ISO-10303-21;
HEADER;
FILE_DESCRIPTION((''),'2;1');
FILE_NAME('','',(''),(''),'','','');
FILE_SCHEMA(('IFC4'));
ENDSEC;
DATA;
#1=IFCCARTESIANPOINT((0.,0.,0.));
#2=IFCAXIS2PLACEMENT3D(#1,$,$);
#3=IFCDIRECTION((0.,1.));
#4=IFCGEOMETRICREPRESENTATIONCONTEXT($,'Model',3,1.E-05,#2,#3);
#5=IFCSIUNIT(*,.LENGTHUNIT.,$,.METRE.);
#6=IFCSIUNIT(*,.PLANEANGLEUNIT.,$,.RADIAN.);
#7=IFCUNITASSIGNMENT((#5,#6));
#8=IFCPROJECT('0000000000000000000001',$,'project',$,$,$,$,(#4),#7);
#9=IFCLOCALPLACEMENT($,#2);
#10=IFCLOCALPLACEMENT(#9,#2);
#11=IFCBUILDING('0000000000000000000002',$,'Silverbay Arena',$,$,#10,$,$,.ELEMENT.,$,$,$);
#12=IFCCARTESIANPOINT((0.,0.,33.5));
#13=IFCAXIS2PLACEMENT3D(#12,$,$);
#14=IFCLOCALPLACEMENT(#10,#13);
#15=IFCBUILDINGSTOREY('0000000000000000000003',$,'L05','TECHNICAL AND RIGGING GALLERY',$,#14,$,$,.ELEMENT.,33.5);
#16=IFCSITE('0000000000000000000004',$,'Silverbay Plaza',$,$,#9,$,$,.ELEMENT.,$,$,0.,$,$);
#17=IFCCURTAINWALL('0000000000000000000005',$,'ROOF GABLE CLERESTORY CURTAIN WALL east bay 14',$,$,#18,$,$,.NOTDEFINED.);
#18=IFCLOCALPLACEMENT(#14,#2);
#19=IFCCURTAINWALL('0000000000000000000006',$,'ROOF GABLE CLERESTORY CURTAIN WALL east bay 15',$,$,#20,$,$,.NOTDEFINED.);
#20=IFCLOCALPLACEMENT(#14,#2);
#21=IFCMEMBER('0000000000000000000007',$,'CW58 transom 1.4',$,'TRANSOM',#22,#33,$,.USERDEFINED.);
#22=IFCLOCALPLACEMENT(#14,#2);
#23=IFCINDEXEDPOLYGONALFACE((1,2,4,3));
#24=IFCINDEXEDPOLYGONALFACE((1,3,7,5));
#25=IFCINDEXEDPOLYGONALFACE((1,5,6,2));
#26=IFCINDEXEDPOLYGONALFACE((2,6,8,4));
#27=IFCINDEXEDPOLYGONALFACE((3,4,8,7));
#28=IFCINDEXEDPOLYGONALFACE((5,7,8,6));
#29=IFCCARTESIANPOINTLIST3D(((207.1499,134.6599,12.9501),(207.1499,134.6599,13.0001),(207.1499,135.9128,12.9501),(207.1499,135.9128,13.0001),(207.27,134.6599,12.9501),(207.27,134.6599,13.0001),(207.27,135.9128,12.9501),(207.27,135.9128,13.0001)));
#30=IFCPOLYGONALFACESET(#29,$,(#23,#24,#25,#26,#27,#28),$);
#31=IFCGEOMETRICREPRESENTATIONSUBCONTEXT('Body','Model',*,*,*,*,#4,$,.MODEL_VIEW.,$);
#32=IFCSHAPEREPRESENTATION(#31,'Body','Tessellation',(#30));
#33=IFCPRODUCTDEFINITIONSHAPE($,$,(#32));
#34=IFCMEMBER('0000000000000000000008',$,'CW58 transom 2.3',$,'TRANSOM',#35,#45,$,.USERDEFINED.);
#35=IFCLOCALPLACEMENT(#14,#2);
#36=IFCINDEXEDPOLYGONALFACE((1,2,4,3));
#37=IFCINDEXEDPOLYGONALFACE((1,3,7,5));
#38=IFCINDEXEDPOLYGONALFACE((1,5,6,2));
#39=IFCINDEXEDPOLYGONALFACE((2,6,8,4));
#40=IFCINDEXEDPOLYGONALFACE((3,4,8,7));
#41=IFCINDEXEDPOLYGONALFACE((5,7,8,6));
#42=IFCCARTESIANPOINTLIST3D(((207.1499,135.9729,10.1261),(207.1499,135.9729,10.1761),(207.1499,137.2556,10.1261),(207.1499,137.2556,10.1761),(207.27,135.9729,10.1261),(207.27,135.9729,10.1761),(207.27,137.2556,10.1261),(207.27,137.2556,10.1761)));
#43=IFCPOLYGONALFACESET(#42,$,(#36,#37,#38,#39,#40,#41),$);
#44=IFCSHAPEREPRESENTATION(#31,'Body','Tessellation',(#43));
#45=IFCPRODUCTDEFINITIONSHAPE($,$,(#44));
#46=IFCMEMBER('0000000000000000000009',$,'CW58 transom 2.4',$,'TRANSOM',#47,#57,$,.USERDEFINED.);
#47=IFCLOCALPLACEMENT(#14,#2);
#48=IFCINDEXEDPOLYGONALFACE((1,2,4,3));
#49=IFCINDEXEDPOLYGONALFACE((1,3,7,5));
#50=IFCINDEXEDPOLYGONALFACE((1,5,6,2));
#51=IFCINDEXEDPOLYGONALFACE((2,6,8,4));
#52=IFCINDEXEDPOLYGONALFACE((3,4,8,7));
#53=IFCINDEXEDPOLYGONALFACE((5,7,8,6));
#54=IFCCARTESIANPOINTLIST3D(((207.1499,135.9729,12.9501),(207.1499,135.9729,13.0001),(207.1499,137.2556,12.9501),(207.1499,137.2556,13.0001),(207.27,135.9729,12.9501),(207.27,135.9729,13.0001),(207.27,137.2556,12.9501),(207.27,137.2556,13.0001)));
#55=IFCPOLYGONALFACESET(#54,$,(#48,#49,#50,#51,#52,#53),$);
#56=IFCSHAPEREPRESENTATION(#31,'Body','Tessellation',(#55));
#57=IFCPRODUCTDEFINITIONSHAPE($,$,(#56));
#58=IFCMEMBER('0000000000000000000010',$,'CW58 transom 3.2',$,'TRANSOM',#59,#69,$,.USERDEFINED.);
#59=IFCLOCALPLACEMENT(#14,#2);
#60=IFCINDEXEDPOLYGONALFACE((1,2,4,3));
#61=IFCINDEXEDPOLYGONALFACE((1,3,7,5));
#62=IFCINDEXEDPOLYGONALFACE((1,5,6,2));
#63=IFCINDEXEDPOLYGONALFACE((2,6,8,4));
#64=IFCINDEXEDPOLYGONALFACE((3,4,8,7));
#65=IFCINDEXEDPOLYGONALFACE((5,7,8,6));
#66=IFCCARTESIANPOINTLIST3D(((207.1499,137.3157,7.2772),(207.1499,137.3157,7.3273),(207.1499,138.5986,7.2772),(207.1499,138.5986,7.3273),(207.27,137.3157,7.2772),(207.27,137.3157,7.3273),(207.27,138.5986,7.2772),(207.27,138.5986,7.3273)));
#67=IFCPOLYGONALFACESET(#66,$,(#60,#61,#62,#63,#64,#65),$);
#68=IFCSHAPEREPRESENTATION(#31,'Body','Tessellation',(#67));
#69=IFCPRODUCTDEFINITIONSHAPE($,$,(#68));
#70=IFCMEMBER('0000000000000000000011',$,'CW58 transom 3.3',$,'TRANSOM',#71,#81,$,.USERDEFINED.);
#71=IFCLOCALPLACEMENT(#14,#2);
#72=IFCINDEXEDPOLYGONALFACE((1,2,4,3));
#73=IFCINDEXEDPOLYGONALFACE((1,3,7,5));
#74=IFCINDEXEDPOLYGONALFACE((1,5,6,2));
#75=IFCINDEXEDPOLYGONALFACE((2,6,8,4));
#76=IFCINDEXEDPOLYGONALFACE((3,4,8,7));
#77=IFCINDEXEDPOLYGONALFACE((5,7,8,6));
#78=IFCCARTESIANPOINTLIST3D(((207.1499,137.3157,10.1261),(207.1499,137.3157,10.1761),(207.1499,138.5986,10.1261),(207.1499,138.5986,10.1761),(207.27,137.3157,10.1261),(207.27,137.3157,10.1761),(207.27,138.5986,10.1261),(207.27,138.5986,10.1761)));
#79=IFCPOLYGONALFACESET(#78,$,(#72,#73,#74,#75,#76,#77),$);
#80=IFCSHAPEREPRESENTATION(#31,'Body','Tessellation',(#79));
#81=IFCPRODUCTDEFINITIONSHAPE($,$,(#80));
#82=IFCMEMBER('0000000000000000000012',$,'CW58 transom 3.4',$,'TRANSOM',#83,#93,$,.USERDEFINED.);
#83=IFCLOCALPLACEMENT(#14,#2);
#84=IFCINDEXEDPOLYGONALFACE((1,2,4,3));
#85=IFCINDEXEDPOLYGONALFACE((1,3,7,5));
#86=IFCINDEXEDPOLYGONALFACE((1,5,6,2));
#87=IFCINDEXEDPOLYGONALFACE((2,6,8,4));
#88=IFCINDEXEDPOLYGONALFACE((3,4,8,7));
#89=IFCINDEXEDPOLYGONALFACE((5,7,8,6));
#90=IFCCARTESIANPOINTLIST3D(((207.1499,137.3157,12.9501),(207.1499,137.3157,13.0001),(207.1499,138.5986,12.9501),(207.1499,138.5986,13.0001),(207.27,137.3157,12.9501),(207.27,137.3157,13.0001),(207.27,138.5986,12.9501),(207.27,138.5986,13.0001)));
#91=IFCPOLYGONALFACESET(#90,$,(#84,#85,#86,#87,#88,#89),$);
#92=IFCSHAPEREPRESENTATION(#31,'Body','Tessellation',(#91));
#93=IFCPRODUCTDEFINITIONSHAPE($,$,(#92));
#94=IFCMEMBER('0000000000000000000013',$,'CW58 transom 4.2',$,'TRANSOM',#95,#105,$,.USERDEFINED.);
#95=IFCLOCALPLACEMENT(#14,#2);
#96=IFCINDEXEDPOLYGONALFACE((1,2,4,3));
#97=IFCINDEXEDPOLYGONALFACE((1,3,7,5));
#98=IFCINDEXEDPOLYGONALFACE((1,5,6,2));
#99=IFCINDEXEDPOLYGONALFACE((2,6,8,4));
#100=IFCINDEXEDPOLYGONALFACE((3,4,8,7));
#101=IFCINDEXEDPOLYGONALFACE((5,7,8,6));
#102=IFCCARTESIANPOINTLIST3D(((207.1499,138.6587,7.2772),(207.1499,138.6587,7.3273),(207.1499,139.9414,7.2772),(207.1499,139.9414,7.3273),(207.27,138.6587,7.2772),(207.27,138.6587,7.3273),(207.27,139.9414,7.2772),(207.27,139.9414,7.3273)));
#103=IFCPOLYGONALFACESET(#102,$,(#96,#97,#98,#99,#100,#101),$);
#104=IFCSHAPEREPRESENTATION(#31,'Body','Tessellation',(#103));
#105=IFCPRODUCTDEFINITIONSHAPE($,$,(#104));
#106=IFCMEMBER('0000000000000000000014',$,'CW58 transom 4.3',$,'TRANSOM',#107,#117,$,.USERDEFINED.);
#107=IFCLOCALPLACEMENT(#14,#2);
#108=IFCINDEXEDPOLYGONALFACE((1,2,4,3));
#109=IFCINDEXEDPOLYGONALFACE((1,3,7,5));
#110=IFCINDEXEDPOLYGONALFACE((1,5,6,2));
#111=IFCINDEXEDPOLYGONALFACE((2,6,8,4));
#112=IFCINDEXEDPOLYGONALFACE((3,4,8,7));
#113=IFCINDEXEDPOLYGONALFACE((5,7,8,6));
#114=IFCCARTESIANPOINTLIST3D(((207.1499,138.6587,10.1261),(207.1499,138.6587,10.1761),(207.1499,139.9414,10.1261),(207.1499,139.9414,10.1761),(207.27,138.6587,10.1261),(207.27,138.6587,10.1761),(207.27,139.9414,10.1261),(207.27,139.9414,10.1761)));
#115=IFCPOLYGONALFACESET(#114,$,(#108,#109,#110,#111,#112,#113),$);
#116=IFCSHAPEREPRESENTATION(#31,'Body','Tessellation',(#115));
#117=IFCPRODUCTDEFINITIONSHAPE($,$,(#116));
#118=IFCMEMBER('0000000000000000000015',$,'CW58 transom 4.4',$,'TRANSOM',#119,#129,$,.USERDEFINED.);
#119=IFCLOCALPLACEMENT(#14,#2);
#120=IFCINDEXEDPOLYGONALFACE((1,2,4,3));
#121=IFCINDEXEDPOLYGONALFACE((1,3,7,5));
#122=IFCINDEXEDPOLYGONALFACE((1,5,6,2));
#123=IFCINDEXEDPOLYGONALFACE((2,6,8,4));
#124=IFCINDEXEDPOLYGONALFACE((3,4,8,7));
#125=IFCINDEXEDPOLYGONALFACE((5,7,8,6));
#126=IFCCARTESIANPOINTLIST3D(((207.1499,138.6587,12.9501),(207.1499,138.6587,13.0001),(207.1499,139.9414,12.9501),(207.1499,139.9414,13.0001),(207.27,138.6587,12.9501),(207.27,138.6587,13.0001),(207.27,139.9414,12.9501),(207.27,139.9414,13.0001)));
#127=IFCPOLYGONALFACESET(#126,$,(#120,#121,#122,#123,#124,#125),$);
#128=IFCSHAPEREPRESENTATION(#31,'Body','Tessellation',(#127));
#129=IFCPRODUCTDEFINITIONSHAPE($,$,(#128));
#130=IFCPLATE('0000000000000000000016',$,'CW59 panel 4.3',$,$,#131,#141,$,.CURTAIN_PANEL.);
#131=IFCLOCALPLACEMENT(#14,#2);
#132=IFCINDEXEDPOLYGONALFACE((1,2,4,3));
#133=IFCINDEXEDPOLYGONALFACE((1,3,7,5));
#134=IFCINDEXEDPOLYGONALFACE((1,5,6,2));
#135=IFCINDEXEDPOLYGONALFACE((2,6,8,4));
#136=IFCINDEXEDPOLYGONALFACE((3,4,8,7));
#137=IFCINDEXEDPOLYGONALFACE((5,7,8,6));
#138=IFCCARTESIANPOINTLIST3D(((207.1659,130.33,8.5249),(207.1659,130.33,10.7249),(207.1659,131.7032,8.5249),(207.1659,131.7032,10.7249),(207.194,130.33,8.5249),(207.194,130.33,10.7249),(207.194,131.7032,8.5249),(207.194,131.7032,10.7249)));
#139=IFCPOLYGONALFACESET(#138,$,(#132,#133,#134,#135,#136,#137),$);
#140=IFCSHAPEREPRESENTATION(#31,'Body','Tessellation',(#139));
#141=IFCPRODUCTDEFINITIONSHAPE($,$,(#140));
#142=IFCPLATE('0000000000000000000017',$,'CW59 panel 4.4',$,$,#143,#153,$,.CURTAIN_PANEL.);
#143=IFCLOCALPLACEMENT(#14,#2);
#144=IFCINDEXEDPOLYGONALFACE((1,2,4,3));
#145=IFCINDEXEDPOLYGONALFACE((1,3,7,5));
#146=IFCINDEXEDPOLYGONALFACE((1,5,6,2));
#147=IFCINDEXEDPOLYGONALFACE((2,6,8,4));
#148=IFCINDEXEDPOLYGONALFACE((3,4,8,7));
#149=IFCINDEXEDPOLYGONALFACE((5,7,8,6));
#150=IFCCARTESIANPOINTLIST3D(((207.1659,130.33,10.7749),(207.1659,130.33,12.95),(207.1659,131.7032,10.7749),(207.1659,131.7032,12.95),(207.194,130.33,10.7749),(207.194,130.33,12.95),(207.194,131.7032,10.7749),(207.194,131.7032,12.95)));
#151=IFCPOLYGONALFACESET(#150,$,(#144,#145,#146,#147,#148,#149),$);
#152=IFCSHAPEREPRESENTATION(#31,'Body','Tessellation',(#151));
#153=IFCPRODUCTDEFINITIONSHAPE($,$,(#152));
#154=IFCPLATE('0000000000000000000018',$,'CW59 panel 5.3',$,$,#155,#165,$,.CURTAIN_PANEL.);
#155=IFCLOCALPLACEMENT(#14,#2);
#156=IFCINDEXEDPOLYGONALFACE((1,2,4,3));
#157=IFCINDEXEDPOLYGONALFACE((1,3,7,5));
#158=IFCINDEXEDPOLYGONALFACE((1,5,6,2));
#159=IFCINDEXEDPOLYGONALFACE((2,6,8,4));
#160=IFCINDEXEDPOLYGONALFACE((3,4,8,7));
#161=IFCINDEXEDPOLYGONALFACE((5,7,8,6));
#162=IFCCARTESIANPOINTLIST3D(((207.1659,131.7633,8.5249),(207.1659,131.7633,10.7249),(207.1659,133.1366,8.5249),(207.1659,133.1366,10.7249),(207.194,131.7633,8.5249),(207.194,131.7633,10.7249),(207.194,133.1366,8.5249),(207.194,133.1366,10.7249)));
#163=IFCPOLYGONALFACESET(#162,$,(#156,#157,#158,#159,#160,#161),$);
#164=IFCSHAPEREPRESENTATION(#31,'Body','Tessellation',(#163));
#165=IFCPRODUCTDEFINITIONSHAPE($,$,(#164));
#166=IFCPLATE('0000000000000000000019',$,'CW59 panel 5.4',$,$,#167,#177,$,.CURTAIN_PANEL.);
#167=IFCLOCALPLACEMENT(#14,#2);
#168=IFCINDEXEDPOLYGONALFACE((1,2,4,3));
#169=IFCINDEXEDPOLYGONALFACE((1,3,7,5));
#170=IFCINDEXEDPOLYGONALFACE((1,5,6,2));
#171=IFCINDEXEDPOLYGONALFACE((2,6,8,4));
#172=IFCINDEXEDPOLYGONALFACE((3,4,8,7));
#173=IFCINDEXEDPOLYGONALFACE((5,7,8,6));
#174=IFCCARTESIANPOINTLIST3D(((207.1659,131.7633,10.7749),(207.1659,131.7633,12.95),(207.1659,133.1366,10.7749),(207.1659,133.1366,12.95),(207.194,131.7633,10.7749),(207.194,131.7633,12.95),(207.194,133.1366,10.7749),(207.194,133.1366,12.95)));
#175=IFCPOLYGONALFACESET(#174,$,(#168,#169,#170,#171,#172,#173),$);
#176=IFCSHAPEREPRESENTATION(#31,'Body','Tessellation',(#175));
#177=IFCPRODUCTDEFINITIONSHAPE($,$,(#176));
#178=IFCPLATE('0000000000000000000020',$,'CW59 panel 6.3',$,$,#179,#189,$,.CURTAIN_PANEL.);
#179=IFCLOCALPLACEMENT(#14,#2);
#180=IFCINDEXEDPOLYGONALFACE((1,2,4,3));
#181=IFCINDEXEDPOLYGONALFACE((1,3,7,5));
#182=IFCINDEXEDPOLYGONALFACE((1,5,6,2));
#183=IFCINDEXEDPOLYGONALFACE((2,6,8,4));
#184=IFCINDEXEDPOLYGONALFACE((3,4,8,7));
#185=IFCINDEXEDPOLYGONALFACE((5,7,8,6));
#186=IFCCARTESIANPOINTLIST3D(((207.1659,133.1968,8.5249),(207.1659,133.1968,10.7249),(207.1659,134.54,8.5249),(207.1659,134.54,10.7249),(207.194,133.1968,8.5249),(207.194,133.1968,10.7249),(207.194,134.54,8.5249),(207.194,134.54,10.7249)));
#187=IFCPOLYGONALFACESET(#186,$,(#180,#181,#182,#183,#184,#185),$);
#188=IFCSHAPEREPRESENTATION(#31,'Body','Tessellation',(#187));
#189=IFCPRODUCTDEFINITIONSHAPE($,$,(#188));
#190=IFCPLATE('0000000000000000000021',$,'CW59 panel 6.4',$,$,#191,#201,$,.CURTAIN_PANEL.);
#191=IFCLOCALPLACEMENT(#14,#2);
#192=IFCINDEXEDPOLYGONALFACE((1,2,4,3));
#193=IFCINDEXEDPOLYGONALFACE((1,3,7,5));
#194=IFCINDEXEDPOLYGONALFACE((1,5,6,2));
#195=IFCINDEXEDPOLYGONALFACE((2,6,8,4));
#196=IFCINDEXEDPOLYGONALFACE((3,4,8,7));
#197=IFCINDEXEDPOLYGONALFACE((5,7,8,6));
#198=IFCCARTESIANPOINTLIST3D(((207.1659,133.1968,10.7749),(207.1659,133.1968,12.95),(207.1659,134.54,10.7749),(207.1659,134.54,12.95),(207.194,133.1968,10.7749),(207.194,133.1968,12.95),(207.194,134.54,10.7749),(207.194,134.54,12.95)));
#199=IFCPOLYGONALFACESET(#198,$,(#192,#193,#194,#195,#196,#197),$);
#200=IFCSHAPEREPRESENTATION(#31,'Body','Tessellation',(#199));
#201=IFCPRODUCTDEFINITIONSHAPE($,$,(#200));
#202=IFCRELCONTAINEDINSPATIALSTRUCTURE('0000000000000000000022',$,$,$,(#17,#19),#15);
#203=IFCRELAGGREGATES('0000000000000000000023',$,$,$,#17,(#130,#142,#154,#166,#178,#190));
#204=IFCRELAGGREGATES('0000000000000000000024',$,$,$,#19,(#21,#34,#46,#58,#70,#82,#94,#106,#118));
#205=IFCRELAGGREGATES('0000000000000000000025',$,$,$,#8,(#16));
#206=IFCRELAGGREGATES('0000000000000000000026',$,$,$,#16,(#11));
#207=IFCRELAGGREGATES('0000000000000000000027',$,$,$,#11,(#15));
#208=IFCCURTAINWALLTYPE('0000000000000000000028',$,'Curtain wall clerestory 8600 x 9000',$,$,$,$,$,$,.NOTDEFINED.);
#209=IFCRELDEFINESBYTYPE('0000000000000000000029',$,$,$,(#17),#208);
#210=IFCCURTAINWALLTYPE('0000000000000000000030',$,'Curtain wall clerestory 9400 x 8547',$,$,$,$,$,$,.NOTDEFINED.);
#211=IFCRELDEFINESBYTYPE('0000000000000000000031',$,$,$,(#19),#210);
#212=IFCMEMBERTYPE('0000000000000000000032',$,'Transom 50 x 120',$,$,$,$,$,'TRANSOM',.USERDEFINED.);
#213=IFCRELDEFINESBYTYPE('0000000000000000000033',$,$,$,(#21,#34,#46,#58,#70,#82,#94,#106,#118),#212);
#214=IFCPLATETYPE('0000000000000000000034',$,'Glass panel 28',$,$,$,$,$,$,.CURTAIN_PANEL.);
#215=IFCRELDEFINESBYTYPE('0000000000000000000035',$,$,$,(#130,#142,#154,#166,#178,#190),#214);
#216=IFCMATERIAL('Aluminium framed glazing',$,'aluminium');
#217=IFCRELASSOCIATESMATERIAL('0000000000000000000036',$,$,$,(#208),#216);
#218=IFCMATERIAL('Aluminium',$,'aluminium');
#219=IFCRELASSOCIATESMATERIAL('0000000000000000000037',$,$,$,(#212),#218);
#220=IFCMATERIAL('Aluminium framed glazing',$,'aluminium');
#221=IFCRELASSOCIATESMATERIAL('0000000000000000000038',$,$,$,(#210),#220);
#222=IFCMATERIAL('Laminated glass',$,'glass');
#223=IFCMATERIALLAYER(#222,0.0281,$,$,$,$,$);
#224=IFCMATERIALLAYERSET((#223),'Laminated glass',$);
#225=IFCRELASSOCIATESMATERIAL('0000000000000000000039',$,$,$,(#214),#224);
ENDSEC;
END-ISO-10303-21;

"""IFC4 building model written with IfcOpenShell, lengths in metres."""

from ifc_helpers import new_model, si_unit, direction, frame, origin, origin_2d, place, context, subcontext, project, spatial, rectangle, extrude, material, layer, layer_set, material_profile, profile_set, type_object, element, aggregate, save


model = new_model("IFC4")

# Units and contexts
model_context = context("Model", 3, precision=1e-05, world=origin(), true_north=direction((0.0, 1.0)))
body_context = subcontext(model_context, "Body", "Model", "MODEL_VIEW")
ifc_project = project(units=[si_unit("LENGTHUNIT", "METRE"), si_unit("PLANEANGLEUNIT", "RADIAN")], contexts=[model_context])

# Site, building, storey
site_placement = place(None, origin())
site = spatial("IfcSite", under=ifc_project, at=site_placement, Name="Silverbay Plaza", CompositionType="ELEMENT", RefElevation=0.0)
building_placement = place(site_placement, origin())
building = spatial("IfcBuilding", under=site, at=building_placement, Name="Silverbay Arena", CompositionType="ELEMENT")
storey_placement = place(building_placement, frame((0.0, 0.0, 33.5)))
storey = spatial("IfcBuildingStorey", under=building, at=storey_placement, Name="L05", Description="TECHNICAL AND RIGGING GALLERY", CompositionType="ELEMENT", Elevation=33.5)

# Curtain walls, members
ifc_material_1 = material(Name="Aluminium framed glazing", Category="aluminium")
curtain_wall_type_1 = type_object("IfcCurtainWallType", Name="Curtain wall clerestory 8600 x 9000", PredefinedType="NOTDEFINED", material=ifc_material_1)
curtain_wall_1_placement = place(storey_placement, origin())
curtain_wall_1 = element("IfcCurtainWall", 1, at=curtain_wall_1_placement, inside=storey, type_object=curtain_wall_type_1, Name="ROOF GABLE CLERESTORY CURTAIN WALL east bay 14", PredefinedType="NOTDEFINED")
ifc_material_2 = material(Name="Aluminium", Category="aluminium")
ifc_material_profile_1 = material_profile(ifc_material_2, rectangle(XDim=0.1201, YDim=0.05, at=origin_2d()), Name="Transom 50 x 120")
ifc_profile_set_1 = profile_set([ifc_material_profile_1], Name="Aluminium")
member_type_1 = type_object("IfcMemberType", Name="Transom 50 x 120", ElementType="TRANSOM", PredefinedType="USERDEFINED", material=ifc_profile_set_1)
ifc_material_3 = material(Name="Aluminium framed glazing", Category="aluminium")
curtain_wall_type_2 = type_object("IfcCurtainWallType", Name="Curtain wall clerestory 9400 x 8547", PredefinedType="NOTDEFINED", material=ifc_material_3)
curtain_wall_2_placement = place(storey_placement, origin())
curtain_wall_2 = element("IfcCurtainWall", 2, at=curtain_wall_2_placement, inside=storey, type_object=curtain_wall_type_2, Name="ROOF GABLE CLERESTORY CURTAIN WALL east bay 15", PredefinedType="NOTDEFINED")
member_1_placement = place(storey_placement, frame((207.21, 134.6599, 12.9751), z_axis=(0.0, 1.0, 0.0), x_axis=(-1.0, 0.0, 0.0)))
member_1 = element("IfcMember", 3, at=member_1_placement, type_object=member_type_1, Name="CW58 transom 1.4", ObjectType="TRANSOM", PredefinedType="USERDEFINED", context=body_context, shape_type="SweptSolid", body=[
    extrude(rectangle(XDim=0.1201, YDim=0.05, at=origin_2d()), origin(), (0.0, 0.0, 1.0), 1.2529),
])
member_2_placement = place(storey_placement, frame((207.21, 135.9729, 10.1511), z_axis=(0.0, 1.0, 0.0), x_axis=(-1.0, 0.0, 0.0)))
member_2 = element("IfcMember", 4, at=member_2_placement, type_object=member_type_1, Name="CW58 transom 2.3", ObjectType="TRANSOM", PredefinedType="USERDEFINED", context=body_context, shape_type="SweptSolid", body=[
    extrude(rectangle(XDim=0.1201, YDim=0.05, at=origin_2d()), origin(), (0.0, 0.0, 1.0), 1.2827),
])
member_3_placement = place(storey_placement, frame((207.21, 135.9729, 12.9751), z_axis=(0.0, 1.0, 0.0), x_axis=(-1.0, 0.0, 0.0)))
member_3 = element("IfcMember", 5, at=member_3_placement, type_object=member_type_1, Name="CW58 transom 2.4", ObjectType="TRANSOM", PredefinedType="USERDEFINED", context=body_context, shape_type="SweptSolid", body=[
    extrude(rectangle(XDim=0.1201, YDim=0.05, at=origin_2d()), origin(), (0.0, 0.0, 1.0), 1.2827),
])
member_4_placement = place(storey_placement, frame((207.21, 137.3157, 7.3022), z_axis=(0.0, 1.0, 0.0), x_axis=(-1.0, 0.0, 0.0)))
member_4 = element("IfcMember", 6, at=member_4_placement, type_object=member_type_1, Name="CW58 transom 3.2", ObjectType="TRANSOM", PredefinedType="USERDEFINED", context=body_context, shape_type="SweptSolid", body=[
    extrude(rectangle(XDim=0.1201, YDim=0.05, at=origin_2d()), origin(), (0.0, 0.0, 1.0), 1.283),
])
member_5_placement = place(storey_placement, frame((207.21, 137.3157, 10.1511), z_axis=(0.0, 1.0, 0.0), x_axis=(-1.0, 0.0, 0.0)))
member_5 = element("IfcMember", 7, at=member_5_placement, type_object=member_type_1, Name="CW58 transom 3.3", ObjectType="TRANSOM", PredefinedType="USERDEFINED", context=body_context, shape_type="SweptSolid", body=[
    extrude(rectangle(XDim=0.1201, YDim=0.05, at=origin_2d()), origin(), (0.0, 0.0, 1.0), 1.283),
])
member_6_placement = place(storey_placement, frame((207.21, 137.3157, 12.9751), z_axis=(0.0, 1.0, 0.0), x_axis=(-1.0, 0.0, 0.0)))
member_6 = element("IfcMember", 8, at=member_6_placement, type_object=member_type_1, Name="CW58 transom 3.4", ObjectType="TRANSOM", PredefinedType="USERDEFINED", context=body_context, shape_type="SweptSolid", body=[
    extrude(rectangle(XDim=0.1201, YDim=0.05, at=origin_2d()), origin(), (0.0, 0.0, 1.0), 1.283),
])
member_7_placement = place(storey_placement, frame((207.21, 138.6587, 7.3022), z_axis=(0.0, 1.0, 0.0), x_axis=(-1.0, 0.0, 0.0)))
member_7 = element("IfcMember", 9, at=member_7_placement, type_object=member_type_1, Name="CW58 transom 4.2", ObjectType="TRANSOM", PredefinedType="USERDEFINED", context=body_context, shape_type="SweptSolid", body=[
    extrude(rectangle(XDim=0.1201, YDim=0.05, at=origin_2d()), origin(), (0.0, 0.0, 1.0), 1.2827),
])
member_8_placement = place(storey_placement, frame((207.21, 138.6587, 10.1511), z_axis=(0.0, 1.0, 0.0), x_axis=(-1.0, 0.0, 0.0)))
member_8 = element("IfcMember", 10, at=member_8_placement, type_object=member_type_1, Name="CW58 transom 4.3", ObjectType="TRANSOM", PredefinedType="USERDEFINED", context=body_context, shape_type="SweptSolid", body=[
    extrude(rectangle(XDim=0.1201, YDim=0.05, at=origin_2d()), origin(), (0.0, 0.0, 1.0), 1.2827),
])
member_9_placement = place(storey_placement, frame((207.21, 138.6587, 12.9751), z_axis=(0.0, 1.0, 0.0), x_axis=(-1.0, 0.0, 0.0)))
member_9 = element("IfcMember", 11, at=member_9_placement, type_object=member_type_1, Name="CW58 transom 4.4", ObjectType="TRANSOM", PredefinedType="USERDEFINED", context=body_context, shape_type="SweptSolid", body=[
    extrude(rectangle(XDim=0.1201, YDim=0.05, at=origin_2d()), origin(), (0.0, 0.0, 1.0), 1.2827),
])

# Plates
ifc_material_4 = material(Name="Laminated glass", Category="glass")
ifc_layer = layer(ifc_material_4, 0.0281)
ifc_layer_set = layer_set([ifc_layer], Name="Laminated glass")
plate_type = type_object("IfcPlateType", Name="Glass panel 28", PredefinedType="CURTAIN_PANEL", material=ifc_layer_set)
plate_1_placement = place(storey_placement, frame((207.1799, 131.0166, 8.5249), z_axis=(0.0, 0.0, 1.0), x_axis=(0.0, 1.0, 0.0)))
plate_1 = element("IfcPlate", 12, at=plate_1_placement, type_object=plate_type, Name="CW59 panel 4.3", PredefinedType="CURTAIN_PANEL", context=body_context, shape_type="SweptSolid", body=[
    extrude(rectangle(XDim=1.3733, YDim=0.0281, at=origin_2d()), origin(), (0.0, 0.0, 1.0), 2.2),
])
plate_2_placement = place(storey_placement, frame((207.1799, 131.0166, 10.7749), z_axis=(0.0, 0.0, 1.0), x_axis=(0.0, 1.0, 0.0)))
plate_2 = element("IfcPlate", 13, at=plate_2_placement, type_object=plate_type, Name="CW59 panel 4.4", PredefinedType="CURTAIN_PANEL", context=body_context, shape_type="SweptSolid", body=[
    extrude(rectangle(XDim=1.3733, YDim=0.0281, at=origin_2d()), origin(), (0.0, 0.0, 1.0), 2.175),
])
plate_3_placement = place(storey_placement, frame((207.1799, 132.45, 8.5249), z_axis=(0.0, 0.0, 1.0), x_axis=(0.0, 1.0, 0.0)))
plate_3 = element("IfcPlate", 14, at=plate_3_placement, type_object=plate_type, Name="CW59 panel 5.3", PredefinedType="CURTAIN_PANEL", context=body_context, shape_type="SweptSolid", body=[
    extrude(rectangle(XDim=1.3733, YDim=0.0281, at=origin_2d()), origin(), (0.0, 0.0, 1.0), 2.2),
])
plate_4_placement = place(storey_placement, frame((207.1799, 132.45, 10.7749), z_axis=(0.0, 0.0, 1.0), x_axis=(0.0, 1.0, 0.0)))
plate_4 = element("IfcPlate", 15, at=plate_4_placement, type_object=plate_type, Name="CW59 panel 5.4", PredefinedType="CURTAIN_PANEL", context=body_context, shape_type="SweptSolid", body=[
    extrude(rectangle(XDim=1.3733, YDim=0.0281, at=origin_2d()), origin(), (0.0, 0.0, 1.0), 2.175),
])
plate_5_placement = place(storey_placement, frame((207.1799, 133.8684, 8.5249), z_axis=(0.0, 0.0, 1.0), x_axis=(0.0, 1.0, 0.0)))
plate_5 = element("IfcPlate", 16, at=plate_5_placement, type_object=plate_type, Name="CW59 panel 6.3", PredefinedType="CURTAIN_PANEL", context=body_context, shape_type="SweptSolid", body=[
    extrude(rectangle(XDim=1.3433, YDim=0.0281, at=origin_2d()), origin(), (0.0, 0.0, 1.0), 2.2),
])
plate_6_placement = place(storey_placement, frame((207.1799, 133.8684, 10.7749), z_axis=(0.0, 0.0, 1.0), x_axis=(0.0, 1.0, 0.0)))
plate_6 = element("IfcPlate", 17, at=plate_6_placement, type_object=plate_type, Name="CW59 panel 6.4", PredefinedType="CURTAIN_PANEL", context=body_context, shape_type="SweptSolid", body=[
    extrude(rectangle(XDim=1.3433, YDim=0.0281, at=origin_2d()), origin(), (0.0, 0.0, 1.0), 2.175),
])
aggregate(curtain_wall_1, [plate_1, plate_2, plate_3, plate_4, plate_5, plate_6])
aggregate(curtain_wall_2, [member_1, member_2, member_3, member_4, member_5, member_6, member_7, member_8, member_9])

save(model, "model.ifc")
